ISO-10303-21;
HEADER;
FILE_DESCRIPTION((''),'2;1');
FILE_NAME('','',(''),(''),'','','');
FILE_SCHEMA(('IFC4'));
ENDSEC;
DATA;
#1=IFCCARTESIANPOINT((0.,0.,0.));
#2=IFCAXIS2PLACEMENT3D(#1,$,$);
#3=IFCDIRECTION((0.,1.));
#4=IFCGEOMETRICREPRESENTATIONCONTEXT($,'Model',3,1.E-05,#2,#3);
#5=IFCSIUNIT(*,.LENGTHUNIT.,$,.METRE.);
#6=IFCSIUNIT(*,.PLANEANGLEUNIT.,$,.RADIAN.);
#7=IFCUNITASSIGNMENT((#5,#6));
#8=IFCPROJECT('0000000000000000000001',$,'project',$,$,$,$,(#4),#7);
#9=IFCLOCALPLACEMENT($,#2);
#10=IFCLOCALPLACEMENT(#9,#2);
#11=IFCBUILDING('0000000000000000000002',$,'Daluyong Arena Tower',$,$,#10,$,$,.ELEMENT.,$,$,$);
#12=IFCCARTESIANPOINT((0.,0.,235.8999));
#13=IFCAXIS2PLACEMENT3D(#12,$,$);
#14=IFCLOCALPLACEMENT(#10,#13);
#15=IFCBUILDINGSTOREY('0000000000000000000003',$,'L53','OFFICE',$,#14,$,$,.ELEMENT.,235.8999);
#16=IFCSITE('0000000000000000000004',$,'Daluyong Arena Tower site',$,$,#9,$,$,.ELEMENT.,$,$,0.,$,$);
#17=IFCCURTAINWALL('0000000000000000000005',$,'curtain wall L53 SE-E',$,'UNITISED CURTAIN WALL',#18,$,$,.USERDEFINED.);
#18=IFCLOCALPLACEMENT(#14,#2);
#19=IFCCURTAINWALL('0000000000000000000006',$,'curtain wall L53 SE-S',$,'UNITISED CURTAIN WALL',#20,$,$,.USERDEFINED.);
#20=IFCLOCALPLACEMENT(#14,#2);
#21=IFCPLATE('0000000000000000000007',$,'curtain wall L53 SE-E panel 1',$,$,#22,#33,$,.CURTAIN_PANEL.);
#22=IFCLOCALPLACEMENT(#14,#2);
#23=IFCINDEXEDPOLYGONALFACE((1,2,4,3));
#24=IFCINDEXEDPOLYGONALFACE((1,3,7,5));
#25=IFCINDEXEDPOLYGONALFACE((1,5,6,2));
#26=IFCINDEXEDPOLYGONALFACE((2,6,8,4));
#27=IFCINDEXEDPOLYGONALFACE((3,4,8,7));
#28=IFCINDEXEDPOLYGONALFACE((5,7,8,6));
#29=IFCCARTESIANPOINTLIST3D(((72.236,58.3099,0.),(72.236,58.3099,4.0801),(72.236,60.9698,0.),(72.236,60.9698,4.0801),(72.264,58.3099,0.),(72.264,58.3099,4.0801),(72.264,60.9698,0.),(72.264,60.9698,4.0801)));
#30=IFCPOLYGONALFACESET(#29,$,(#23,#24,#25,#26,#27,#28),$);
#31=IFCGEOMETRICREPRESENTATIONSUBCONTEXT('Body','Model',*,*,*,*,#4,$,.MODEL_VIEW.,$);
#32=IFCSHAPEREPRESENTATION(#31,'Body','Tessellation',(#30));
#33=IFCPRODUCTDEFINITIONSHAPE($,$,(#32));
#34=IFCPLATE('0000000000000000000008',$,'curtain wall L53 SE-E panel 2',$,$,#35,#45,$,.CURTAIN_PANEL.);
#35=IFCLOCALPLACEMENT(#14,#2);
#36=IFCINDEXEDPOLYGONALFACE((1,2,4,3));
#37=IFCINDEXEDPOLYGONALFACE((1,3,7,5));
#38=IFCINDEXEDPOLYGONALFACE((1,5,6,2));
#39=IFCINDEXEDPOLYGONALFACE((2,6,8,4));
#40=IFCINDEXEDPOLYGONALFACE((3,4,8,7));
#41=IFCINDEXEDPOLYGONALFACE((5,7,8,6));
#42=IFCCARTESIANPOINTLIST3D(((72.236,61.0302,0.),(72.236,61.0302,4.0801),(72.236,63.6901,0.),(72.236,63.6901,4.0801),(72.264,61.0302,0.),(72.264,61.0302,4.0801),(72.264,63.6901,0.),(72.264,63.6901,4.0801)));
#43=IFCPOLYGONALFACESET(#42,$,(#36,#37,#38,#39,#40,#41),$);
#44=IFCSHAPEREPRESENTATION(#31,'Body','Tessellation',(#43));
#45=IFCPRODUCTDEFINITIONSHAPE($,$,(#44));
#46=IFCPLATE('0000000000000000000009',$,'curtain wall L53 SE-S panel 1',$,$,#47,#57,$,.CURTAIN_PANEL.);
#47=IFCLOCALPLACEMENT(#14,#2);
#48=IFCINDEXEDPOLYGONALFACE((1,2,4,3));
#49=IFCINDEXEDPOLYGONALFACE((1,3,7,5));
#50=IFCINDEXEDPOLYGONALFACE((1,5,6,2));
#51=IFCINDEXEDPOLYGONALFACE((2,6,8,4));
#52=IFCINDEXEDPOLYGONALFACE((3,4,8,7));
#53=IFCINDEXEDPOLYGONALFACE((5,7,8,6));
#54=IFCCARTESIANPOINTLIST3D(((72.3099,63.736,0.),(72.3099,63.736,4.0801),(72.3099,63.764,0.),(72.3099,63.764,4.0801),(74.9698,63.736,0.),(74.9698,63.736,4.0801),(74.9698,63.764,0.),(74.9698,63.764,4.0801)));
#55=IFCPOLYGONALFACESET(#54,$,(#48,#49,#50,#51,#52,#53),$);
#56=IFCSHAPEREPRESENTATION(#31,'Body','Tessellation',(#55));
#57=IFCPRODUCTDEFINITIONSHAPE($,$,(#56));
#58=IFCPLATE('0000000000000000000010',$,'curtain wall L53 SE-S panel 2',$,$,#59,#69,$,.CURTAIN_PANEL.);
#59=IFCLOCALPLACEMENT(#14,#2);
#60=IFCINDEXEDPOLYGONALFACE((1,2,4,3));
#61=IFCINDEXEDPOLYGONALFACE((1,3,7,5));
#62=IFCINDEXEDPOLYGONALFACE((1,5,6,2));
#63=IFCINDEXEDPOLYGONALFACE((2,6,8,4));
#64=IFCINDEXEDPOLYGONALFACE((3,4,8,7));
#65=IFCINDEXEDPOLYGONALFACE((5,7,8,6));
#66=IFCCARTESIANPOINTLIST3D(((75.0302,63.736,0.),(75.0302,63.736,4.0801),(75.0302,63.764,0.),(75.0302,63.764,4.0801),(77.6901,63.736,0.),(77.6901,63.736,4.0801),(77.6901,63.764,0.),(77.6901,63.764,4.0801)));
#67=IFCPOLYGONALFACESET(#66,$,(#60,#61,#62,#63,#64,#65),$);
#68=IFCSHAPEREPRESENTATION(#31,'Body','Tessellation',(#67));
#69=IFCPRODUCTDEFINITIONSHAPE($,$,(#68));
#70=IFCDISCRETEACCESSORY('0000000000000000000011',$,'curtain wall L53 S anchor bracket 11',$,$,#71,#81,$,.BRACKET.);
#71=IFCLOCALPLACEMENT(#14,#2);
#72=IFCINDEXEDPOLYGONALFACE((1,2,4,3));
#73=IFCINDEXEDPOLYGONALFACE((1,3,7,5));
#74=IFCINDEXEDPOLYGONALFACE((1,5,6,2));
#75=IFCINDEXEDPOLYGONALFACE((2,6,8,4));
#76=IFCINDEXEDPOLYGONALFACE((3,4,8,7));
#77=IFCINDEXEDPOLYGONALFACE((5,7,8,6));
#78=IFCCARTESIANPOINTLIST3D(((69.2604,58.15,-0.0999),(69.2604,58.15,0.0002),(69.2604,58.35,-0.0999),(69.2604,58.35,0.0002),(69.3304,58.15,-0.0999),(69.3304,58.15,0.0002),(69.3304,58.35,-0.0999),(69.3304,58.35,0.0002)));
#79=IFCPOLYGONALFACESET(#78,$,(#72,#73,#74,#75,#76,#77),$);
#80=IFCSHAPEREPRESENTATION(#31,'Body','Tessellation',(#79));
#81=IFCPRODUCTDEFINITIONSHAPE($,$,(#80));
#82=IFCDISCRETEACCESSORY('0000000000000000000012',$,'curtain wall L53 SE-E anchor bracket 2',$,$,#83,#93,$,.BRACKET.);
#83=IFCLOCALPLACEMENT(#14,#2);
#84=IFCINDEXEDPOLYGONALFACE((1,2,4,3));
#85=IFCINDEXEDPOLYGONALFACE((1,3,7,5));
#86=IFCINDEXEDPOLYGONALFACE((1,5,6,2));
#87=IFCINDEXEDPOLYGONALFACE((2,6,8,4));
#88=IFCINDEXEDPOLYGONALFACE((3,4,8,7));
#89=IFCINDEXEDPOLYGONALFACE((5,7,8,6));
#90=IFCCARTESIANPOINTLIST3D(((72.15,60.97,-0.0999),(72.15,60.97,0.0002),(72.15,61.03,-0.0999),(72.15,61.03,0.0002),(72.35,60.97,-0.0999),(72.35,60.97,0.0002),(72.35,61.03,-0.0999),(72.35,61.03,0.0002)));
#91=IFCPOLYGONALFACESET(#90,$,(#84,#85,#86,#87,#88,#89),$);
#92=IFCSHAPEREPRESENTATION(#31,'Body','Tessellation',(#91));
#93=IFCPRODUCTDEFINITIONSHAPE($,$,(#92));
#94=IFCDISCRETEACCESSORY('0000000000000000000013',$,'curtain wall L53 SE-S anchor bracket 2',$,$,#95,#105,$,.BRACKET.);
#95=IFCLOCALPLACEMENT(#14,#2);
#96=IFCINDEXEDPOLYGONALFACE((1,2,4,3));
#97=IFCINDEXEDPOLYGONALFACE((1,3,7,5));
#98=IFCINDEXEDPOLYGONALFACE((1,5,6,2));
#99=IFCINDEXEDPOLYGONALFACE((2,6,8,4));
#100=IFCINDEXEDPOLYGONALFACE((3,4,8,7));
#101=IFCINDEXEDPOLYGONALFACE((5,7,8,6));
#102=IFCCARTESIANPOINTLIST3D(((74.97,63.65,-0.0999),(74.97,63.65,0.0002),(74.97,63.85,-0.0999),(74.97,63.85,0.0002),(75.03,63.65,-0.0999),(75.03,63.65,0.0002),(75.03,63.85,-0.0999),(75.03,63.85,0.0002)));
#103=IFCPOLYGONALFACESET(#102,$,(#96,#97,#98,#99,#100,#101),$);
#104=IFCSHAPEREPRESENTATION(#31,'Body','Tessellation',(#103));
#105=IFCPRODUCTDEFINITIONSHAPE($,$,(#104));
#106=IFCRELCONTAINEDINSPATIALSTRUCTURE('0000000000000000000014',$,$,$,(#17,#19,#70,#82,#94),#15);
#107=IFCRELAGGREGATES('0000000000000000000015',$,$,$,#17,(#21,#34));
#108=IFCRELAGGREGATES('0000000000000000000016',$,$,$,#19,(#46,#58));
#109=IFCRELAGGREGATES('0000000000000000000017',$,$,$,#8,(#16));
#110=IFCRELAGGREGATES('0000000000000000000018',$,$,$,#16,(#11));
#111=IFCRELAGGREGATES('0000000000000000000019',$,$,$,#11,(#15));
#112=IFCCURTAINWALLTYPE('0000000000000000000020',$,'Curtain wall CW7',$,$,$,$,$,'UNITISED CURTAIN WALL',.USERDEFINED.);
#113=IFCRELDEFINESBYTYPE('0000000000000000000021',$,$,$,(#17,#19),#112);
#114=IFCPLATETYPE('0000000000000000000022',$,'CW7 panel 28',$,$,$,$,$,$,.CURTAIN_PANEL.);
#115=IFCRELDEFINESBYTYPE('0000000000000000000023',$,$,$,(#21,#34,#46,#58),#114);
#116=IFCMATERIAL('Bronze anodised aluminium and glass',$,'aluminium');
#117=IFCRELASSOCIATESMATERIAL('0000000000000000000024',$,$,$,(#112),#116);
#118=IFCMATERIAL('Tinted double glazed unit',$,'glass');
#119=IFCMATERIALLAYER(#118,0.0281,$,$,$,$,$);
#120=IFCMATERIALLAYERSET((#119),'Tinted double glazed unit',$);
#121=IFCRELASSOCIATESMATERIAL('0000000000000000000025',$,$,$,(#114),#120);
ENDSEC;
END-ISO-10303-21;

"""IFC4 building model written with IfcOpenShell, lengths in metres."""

from ifc_helpers import new_model, si_unit, direction, frame, origin, origin_2d, place, context, subcontext, project, spatial, rectangle, extrude, material, layer, layer_set, type_object, element, aggregate, save


model = new_model("IFC4")

# Units and contexts
model_context = context("Model", 3, precision=1e-05, world=origin(), true_north=direction((0.0, 1.0)))
body_context = subcontext(model_context, "Body", "Model", "MODEL_VIEW")
ifc_project = project(units=[si_unit("LENGTHUNIT", "METRE"), si_unit("PLANEANGLEUNIT", "RADIAN")], contexts=[model_context])

# Site, building, storey
site_placement = place(None, origin())
site = spatial("IfcSite", under=ifc_project, at=site_placement, Name="Daluyong Arena Tower site", CompositionType="ELEMENT", RefElevation=0.0)
building_placement = place(site_placement, origin())
building = spatial("IfcBuilding", under=site, at=building_placement, Name="Daluyong Arena Tower", CompositionType="ELEMENT")
storey_placement = place(building_placement, frame((0.0, 0.0, 235.8999)))
storey = spatial("IfcBuildingStorey", under=building, at=storey_placement, Name="L53", Description="OFFICE", CompositionType="ELEMENT", Elevation=235.8999)

# Curtain walls
ifc_material_1 = material(Name="Bronze anodised aluminium and glass", Category="aluminium")
curtain_wall_type_1 = type_object("IfcCurtainWallType", Name="Curtain wall CW7", ElementType="UNITISED CURTAIN WALL", PredefinedType="USERDEFINED", material=ifc_material_1)
curtain_wall_1_placement = place(storey_placement, origin())
curtain_wall_1 = element("IfcCurtainWall", 1, at=curtain_wall_1_placement, inside=storey, type_object=curtain_wall_type_1, Name="curtain wall L53 SE-E", ObjectType="UNITISED CURTAIN WALL", PredefinedType="USERDEFINED")
curtain_wall_2_placement = place(storey_placement, origin())
curtain_wall_2 = element("IfcCurtainWall", 2, at=curtain_wall_2_placement, inside=storey, type_object=curtain_wall_type_1, Name="curtain wall L53 SE-S", ObjectType="UNITISED CURTAIN WALL", PredefinedType="USERDEFINED")

# Plates
ifc_material_2 = material(Name="Tinted double glazed unit", Category="glass")
ifc_layer_1 = layer(ifc_material_2, 0.0281)
ifc_layer_set_1 = layer_set([ifc_layer_1], Name="Tinted double glazed unit")
plate_type_1 = type_object("IfcPlateType", Name="CW7 panel 28", PredefinedType="CURTAIN_PANEL", material=ifc_layer_set_1)
plate_1_placement = place(storey_placement, frame((72.25, 59.6399, 0.0), z_axis=(0.0, 0.0, 1.0), x_axis=(0.0, 1.0, 0.0)))
plate_1 = element("IfcPlate", 3, at=plate_1_placement, type_object=plate_type_1, Name="curtain wall L53 SE-E panel 1", PredefinedType="CURTAIN_PANEL", context=body_context, shape_type="SweptSolid", body=[
    extrude(rectangle(XDim=2.6599, YDim=0.0281, at=origin_2d()), origin(), (0.0, 0.0, 1.0), 4.0801),
])
plate_2_placement = place(storey_placement, frame((72.25, 62.3601, 0.0), z_axis=(0.0, 0.0, 1.0), x_axis=(0.0, 1.0, 0.0)))
plate_2 = element("IfcPlate", 4, at=plate_2_placement, type_object=plate_type_1, Name="curtain wall L53 SE-E panel 2", PredefinedType="CURTAIN_PANEL", context=body_context, shape_type="SweptSolid", body=[
    extrude(rectangle(XDim=2.6599, YDim=0.0281, at=origin_2d()), origin(), (0.0, 0.0, 1.0), 4.0801),
])
aggregate(curtain_wall_1, [plate_1, plate_2])
plate_3_placement = place(storey_placement, frame((73.6399, 63.75, 0.0), z_axis=(0.0, 0.0, 1.0), x_axis=(1.0, 0.0, 0.0)))
plate_3 = element("IfcPlate", 5, at=plate_3_placement, type_object=plate_type_1, Name="curtain wall L53 SE-S panel 1", PredefinedType="CURTAIN_PANEL", context=body_context, shape_type="SweptSolid", body=[
    extrude(rectangle(XDim=2.6599, YDim=0.0281, at=origin_2d()), origin(), (0.0, 0.0, 1.0), 4.0801),
])
plate_4_placement = place(storey_placement, frame((76.3601, 63.75, 0.0), z_axis=(0.0, 0.0, 1.0), x_axis=(1.0, 0.0, 0.0)))
plate_4 = element("IfcPlate", 6, at=plate_4_placement, type_object=plate_type_1, Name="curtain wall L53 SE-S panel 2", PredefinedType="CURTAIN_PANEL", context=body_context, shape_type="SweptSolid", body=[
    extrude(rectangle(XDim=2.6599, YDim=0.0281, at=origin_2d()), origin(), (0.0, 0.0, 1.0), 4.0801),
])
aggregate(curtain_wall_2, [plate_3, plate_4])

# Discrete accessories
discrete_accessory_placement = place(storey_placement, frame((69.2954, 58.25, -0.0999), z_axis=(0.0, 0.0, 1.0), x_axis=(1.0, 0.0, 0.0)))
element("IfcDiscreteAccessory", 7, at=discrete_accessory_placement, inside=storey, Name="curtain wall L53 S anchor bracket 11", PredefinedType="BRACKET", context=body_context, shape_type="SweptSolid", body=[
    extrude(rectangle(XDim=0.0701, YDim=0.2, at=origin_2d()), origin(), (0.0, 0.0, 1.0), 0.1001),
])
for number, where, z_axis, x_axis, name in (
    (8, (72.25, 61.0, -0.0999), (0.0, 0.0, 1.0), (0.0, 1.0, 0.0), "curtain wall L53 SE-E anchor bracket 2"),
    (9, (75.0, 63.75, -0.0999), (0.0, 0.0, 1.0), (1.0, 0.0, 0.0), "curtain wall L53 SE-S anchor bracket 2"),
):
    element("IfcDiscreteAccessory", number, at=place(storey_placement, frame(where, z_axis=z_axis, x_axis=x_axis)), inside=storey, Name=name, PredefinedType="BRACKET", context=body_context, shape_type="SweptSolid", body=[
        extrude(rectangle(XDim=0.0601, YDim=0.2, at=origin_2d()), origin(), (0.0, 0.0, 1.0), 0.1001),
    ])

save(model, "model.ifc")
